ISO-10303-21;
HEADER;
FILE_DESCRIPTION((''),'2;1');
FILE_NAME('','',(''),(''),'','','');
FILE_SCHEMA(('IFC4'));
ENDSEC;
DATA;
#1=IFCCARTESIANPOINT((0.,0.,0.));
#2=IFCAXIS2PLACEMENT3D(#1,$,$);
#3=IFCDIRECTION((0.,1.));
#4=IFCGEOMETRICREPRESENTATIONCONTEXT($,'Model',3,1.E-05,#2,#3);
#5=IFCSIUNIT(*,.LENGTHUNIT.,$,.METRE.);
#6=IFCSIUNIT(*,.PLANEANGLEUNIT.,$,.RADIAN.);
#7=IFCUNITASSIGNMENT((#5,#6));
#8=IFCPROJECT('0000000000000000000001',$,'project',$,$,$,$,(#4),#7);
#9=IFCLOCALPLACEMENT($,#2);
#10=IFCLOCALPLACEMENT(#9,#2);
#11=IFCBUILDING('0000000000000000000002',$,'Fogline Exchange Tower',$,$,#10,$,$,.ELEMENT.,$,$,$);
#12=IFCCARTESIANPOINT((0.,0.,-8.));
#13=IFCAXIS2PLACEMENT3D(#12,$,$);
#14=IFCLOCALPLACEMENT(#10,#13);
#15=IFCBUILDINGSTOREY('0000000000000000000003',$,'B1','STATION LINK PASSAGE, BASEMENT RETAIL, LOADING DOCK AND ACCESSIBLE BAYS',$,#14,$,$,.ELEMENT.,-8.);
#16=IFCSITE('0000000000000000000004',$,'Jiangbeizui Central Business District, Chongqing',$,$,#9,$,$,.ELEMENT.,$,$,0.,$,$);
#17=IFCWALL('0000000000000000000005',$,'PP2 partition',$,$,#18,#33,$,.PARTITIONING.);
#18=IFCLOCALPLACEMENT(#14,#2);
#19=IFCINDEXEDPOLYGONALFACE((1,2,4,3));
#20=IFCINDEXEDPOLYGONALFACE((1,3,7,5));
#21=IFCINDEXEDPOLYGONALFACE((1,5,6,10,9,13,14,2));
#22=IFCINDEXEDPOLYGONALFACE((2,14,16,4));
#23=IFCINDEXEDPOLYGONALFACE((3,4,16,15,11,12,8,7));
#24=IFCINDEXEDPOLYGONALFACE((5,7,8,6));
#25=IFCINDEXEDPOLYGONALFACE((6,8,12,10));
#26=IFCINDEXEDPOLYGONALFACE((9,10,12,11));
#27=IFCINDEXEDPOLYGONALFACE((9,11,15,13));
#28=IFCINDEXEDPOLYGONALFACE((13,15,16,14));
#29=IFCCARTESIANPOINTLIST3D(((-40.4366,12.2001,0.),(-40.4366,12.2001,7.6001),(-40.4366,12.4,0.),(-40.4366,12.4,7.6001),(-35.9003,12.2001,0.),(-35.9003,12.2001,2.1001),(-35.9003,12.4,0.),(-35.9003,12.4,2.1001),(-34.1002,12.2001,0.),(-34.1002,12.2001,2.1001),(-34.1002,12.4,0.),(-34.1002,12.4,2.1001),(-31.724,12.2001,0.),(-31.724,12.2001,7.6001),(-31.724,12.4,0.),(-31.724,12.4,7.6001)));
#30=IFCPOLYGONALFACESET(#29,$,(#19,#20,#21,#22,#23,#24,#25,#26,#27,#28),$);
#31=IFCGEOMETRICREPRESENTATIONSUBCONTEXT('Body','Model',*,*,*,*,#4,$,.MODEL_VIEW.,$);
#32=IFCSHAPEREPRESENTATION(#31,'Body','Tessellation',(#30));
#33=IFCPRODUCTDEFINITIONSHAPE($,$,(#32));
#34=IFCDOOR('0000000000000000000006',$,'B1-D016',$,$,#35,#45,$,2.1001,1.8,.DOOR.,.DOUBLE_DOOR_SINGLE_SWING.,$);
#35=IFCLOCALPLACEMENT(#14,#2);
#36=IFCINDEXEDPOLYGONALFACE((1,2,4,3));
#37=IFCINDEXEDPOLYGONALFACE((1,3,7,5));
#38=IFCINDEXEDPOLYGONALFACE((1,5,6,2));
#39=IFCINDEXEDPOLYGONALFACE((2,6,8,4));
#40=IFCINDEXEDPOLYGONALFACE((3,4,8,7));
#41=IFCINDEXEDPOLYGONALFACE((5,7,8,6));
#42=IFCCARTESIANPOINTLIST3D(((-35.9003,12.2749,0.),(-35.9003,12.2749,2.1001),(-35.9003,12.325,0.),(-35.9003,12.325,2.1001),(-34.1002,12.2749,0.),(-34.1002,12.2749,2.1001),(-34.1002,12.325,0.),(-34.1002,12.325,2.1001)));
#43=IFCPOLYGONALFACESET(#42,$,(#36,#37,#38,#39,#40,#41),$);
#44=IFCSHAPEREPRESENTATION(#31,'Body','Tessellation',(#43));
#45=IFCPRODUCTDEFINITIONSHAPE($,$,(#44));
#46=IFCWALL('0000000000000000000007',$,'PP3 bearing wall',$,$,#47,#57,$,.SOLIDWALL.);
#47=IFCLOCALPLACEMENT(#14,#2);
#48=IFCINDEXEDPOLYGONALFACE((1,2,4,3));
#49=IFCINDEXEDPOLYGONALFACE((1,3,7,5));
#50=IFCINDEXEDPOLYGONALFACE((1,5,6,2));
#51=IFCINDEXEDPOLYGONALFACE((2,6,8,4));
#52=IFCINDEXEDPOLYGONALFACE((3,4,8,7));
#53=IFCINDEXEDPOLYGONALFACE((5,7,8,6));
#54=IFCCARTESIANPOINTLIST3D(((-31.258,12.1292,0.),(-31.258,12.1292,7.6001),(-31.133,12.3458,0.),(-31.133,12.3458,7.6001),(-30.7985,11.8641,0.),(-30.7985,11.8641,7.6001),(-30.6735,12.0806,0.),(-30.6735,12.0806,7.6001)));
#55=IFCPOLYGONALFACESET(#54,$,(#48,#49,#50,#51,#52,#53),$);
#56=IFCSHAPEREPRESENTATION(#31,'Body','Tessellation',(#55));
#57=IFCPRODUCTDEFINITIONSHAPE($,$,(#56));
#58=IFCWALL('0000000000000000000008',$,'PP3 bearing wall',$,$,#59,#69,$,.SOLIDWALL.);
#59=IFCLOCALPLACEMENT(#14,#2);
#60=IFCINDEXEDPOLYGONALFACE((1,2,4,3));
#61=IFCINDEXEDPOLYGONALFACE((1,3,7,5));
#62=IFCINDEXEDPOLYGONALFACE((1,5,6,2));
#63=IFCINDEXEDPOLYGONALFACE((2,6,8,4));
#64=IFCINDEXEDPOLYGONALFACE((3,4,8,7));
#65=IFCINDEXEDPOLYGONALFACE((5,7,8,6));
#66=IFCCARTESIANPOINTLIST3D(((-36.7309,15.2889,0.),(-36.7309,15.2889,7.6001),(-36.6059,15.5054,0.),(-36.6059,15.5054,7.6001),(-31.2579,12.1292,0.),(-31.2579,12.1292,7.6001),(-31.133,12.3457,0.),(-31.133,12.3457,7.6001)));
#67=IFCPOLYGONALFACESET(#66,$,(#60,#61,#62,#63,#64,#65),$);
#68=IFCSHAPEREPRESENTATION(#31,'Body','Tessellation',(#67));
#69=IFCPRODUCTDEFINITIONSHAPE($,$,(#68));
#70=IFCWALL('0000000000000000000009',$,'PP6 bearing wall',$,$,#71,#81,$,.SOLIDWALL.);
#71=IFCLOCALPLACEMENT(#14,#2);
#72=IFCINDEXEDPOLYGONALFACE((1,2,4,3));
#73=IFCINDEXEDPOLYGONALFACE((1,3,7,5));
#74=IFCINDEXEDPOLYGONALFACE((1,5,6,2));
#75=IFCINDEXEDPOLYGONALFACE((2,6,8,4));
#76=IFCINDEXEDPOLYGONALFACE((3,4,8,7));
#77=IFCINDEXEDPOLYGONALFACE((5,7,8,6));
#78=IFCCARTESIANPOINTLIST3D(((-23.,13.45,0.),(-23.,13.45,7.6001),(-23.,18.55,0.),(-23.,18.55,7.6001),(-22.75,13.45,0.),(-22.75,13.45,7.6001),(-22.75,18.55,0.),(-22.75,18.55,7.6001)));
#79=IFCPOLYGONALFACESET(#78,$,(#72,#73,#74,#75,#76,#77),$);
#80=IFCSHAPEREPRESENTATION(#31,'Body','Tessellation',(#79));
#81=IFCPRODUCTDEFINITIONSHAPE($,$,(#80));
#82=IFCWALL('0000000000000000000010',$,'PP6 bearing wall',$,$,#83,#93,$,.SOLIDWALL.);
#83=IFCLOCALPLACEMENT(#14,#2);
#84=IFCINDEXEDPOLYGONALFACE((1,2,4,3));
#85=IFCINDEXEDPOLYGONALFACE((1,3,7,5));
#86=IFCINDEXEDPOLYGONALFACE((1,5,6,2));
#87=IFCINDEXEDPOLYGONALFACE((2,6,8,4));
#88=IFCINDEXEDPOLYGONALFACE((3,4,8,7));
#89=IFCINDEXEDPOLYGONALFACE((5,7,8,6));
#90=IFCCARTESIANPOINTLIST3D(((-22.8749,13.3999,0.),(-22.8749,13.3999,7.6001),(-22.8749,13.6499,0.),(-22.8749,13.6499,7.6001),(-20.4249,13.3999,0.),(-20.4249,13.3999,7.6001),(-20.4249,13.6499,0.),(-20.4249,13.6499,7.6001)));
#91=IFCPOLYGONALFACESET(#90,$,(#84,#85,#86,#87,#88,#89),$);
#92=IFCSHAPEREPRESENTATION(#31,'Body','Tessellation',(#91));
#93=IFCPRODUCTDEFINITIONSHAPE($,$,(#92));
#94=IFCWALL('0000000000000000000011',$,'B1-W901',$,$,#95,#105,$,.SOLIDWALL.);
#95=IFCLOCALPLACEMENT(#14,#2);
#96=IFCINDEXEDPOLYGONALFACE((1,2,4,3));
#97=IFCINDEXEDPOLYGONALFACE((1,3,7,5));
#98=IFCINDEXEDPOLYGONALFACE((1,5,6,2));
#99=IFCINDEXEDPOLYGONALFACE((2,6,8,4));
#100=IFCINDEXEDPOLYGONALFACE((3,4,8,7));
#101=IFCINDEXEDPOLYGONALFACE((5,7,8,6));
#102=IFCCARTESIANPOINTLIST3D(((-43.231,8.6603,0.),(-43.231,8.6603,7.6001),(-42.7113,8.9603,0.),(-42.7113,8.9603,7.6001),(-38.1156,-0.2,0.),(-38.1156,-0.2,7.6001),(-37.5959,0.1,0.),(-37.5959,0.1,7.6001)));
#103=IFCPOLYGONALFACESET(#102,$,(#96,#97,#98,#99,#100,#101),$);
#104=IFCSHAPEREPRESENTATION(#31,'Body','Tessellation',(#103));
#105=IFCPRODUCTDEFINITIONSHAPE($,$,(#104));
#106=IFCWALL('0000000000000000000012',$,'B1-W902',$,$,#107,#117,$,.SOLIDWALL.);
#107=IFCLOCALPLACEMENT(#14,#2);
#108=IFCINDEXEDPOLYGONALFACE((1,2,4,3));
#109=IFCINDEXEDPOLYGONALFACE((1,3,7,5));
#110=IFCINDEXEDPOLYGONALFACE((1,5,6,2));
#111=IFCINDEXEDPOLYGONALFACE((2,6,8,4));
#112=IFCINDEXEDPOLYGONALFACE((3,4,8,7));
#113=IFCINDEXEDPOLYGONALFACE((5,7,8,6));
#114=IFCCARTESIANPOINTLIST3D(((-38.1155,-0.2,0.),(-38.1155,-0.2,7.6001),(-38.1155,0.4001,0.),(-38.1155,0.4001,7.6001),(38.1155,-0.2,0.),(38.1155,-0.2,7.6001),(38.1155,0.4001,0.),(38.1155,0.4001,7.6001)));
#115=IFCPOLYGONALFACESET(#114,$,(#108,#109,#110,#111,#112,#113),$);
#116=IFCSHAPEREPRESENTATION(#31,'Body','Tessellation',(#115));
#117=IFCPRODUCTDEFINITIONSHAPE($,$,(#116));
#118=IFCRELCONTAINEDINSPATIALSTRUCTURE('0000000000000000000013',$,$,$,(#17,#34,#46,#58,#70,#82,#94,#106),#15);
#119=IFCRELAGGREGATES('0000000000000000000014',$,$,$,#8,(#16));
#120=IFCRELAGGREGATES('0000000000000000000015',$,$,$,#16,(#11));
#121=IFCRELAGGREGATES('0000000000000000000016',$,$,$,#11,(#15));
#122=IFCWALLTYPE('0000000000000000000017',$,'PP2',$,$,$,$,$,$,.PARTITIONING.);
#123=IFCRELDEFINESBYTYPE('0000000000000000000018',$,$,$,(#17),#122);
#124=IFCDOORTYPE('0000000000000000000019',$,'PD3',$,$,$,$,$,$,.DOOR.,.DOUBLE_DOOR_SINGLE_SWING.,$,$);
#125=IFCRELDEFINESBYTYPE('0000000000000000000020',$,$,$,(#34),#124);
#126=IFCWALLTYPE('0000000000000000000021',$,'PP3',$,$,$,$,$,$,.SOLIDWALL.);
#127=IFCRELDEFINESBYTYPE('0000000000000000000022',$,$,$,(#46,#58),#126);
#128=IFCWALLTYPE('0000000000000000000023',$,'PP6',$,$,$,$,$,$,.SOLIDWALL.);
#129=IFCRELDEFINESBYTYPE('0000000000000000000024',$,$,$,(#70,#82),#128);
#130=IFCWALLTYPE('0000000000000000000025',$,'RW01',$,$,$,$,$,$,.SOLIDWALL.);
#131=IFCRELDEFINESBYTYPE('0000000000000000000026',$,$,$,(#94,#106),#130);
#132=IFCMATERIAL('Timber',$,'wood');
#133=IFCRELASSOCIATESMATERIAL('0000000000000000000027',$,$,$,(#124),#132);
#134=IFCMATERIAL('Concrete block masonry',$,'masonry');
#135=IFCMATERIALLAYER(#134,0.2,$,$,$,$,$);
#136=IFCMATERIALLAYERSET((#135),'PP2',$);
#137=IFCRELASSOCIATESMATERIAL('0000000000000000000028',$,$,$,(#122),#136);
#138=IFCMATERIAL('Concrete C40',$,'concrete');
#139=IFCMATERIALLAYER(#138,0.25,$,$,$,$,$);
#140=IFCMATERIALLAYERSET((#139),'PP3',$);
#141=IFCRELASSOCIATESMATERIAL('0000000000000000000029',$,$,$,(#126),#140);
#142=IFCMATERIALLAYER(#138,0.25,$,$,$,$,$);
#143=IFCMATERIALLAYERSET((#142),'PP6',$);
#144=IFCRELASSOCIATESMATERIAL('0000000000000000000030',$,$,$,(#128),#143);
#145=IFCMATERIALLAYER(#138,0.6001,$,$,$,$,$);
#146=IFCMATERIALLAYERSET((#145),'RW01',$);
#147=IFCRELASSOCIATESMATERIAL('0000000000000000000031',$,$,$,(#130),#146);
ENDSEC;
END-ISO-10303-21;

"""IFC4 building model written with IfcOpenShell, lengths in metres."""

from ifc_helpers import new_model, si_unit, direction, frame, frame_2d, origin, place, context, subcontext, project, spatial, rectangle, extrude, material, layer, layer_set, type_object, element, fill, save


model = new_model("IFC4")

# Units and contexts
model_context = context("Model", 3, precision=1e-05, world=origin(), true_north=direction((0.0, 1.0)))
body_context = subcontext(model_context, "Body", "Model", "MODEL_VIEW")
ifc_project = project(units=[si_unit("LENGTHUNIT", "METRE"), si_unit("PLANEANGLEUNIT", "RADIAN")], contexts=[model_context])

# Site, building, storey
site_placement = place(None, origin())
site = spatial("IfcSite", under=ifc_project, at=site_placement, Name="Jiangbeizui Central Business District, Chongqing", CompositionType="ELEMENT", RefElevation=0.0)
building_placement = place(site_placement, origin())
building = spatial("IfcBuilding", under=site, at=building_placement, Name="Fogline Exchange Tower", CompositionType="ELEMENT")
storey_placement = place(building_placement, frame((0.0, 0.0, -8.0)))
storey = spatial("IfcBuildingStorey", under=building, at=storey_placement, Name="B1", Description="STATION LINK PASSAGE, BASEMENT RETAIL, LOADING DOCK AND ACCESSIBLE BAYS", CompositionType="ELEMENT", Elevation=-8.0)

# Shared definitions
ifc_material_1 = material(Name="Timber", Category="wood")

# Shared definitions
door_type_1 = type_object("IfcDoorType", Name="PD3", OperationType="DOUBLE_DOOR_SINGLE_SWING", PredefinedType="DOOR", material=ifc_material_1)

# Shared definitions
ifc_material_2 = material(Name="Concrete block masonry", Category="masonry")
ifc_layer_1 = layer(ifc_material_2, 0.2)
ifc_layer_set_1 = layer_set([ifc_layer_1], Name="PP2")
wall_type_1 = type_object("IfcWallType", Name="PP2", PredefinedType="PARTITIONING", material=ifc_layer_set_1)

# Wall, opening, door
wall_1_placement = place(storey_placement, frame((-40.4368, 12.3, 0.0), z_axis=(0.0, 0.0, 1.0), x_axis=(1.0, 0.0, 0.0)))
wall_1 = element("IfcWall", 1, at=wall_1_placement, inside=storey, type_object=wall_type_1, Name="PP2 partition", PredefinedType="PARTITIONING", context=body_context, shape_type="SweptSolid", body=[
    extrude(rectangle(XDim=8.7126, YDim=0.2, at=frame_2d((4.3564, 0.0))), origin(), (0.0, 0.0, 1.0), 7.6001),
])
opening_1_placement = place(wall_1_placement, frame((4.5366, 0.0, 0.0)))
opening_1 = element("IfcOpeningElement", 2, at=opening_1_placement, cuts=wall_1, PredefinedType="OPENING", context=body_context, shape_type="SweptSolid", body=[
    extrude(rectangle(XDim=1.8, YDim=2.1001, at=frame_2d((0.8999, 1.05))), frame((0.0, 0.1099, 0.0), z_axis=(0.0, -1.0, 0.0), x_axis=(1.0, 0.0, 0.0)), (0.0, 0.0, 1.0), 0.22),
])
door_1_placement = place(opening_1_placement, origin())
door_1 = element("IfcDoor", 3, at=door_1_placement, inside=storey, type_object=door_type_1, Name="B1-D016", OperationType="DOUBLE_DOOR_SINGLE_SWING", OverallHeight=2.1001, OverallWidth=1.8, PredefinedType="DOOR", context=body_context, shape_type="SweptSolid", body=[
    extrude(rectangle(XDim=1.8, YDim=2.1001, at=frame_2d((0.8999, 1.05))), frame((0.0, 0.0249, 0.0), z_axis=(0.0, -1.0, 0.0), x_axis=(1.0, 0.0, 0.0)), (0.0, 0.0, 1.0), 0.05),
])
fill(opening_1, door_1)

# Walls
ifc_material_3 = material(Name="Concrete C40", Category="concrete")
ifc_layer_2 = layer(ifc_material_3, 0.25)
ifc_layer_set_2 = layer_set([ifc_layer_2], Name="PP3")
wall_type_2 = type_object("IfcWallType", Name="PP3", PredefinedType="SOLIDWALL", material=ifc_layer_set_2)
wall_2_placement = place(storey_placement, frame((-30.7361, 11.9724, 0.0), z_axis=(0.0, 0.0, 1.0), x_axis=(-0.86614, 0.499802, 0.0)))
element("IfcWall", 4, at=wall_2_placement, inside=storey, type_object=wall_type_2, Name="PP3 bearing wall", PredefinedType="SOLIDWALL", context=body_context, shape_type="SweptSolid", body=[
    extrude(rectangle(XDim=0.5305, YDim=0.25, at=frame_2d((0.2651, 0.0))), origin(), (0.0, 0.0, 1.0), 7.6001),
])
wall_3_placement = place(storey_placement, frame((-31.1956, 12.2375, 0.0), z_axis=(0.0, 0.0, 1.0), x_axis=(-0.866033, 0.499987, 0.0)))
element("IfcWall", 5, at=wall_3_placement, inside=storey, type_object=wall_type_2, Name="PP3 bearing wall", PredefinedType="SOLIDWALL", context=body_context, shape_type="SweptSolid", body=[
    extrude(rectangle(XDim=6.3196, YDim=0.25, at=frame_2d((3.1597, 0.0))), origin(), (0.0, 0.0, 1.0), 7.6001),
])
ifc_layer_3 = layer(ifc_material_3, 0.25)
ifc_layer_set_3 = layer_set([ifc_layer_3], Name="PP6")
wall_type_3 = type_object("IfcWallType", Name="PP6", PredefinedType="SOLIDWALL", material=ifc_layer_set_3)
wall_4_placement = place(storey_placement, frame((-22.875, 13.45, 0.0), z_axis=(0.0, 0.0, 1.0), x_axis=(0.0, 1.0, 0.0)))
element("IfcWall", 6, at=wall_4_placement, inside=storey, type_object=wall_type_3, Name="PP6 bearing wall", PredefinedType="SOLIDWALL", context=body_context, shape_type="SweptSolid", body=[
    extrude(rectangle(XDim=5.1001, YDim=0.25, at=frame_2d((2.55, 0.0))), origin(), (0.0, 0.0, 1.0), 7.6001),
])
wall_5_placement = place(storey_placement, frame((-22.875, 13.5249, 0.0), z_axis=(0.0, 0.0, 1.0), x_axis=(1.0, 0.0, 0.0)))
element("IfcWall", 7, at=wall_5_placement, inside=storey, type_object=wall_type_3, Name="PP6 bearing wall", PredefinedType="SOLIDWALL", context=body_context, shape_type="SweptSolid", body=[
    extrude(rectangle(XDim=2.45, YDim=0.25, at=frame_2d((1.2251, 0.0))), origin(), (0.0, 0.0, 1.0), 7.6001),
])
ifc_layer_4 = layer(ifc_material_3, 0.6001)
ifc_layer_set_4 = layer_set([ifc_layer_4], Name="RW01")
wall_type_4 = type_object("IfcWallType", Name="RW01", PredefinedType="SOLIDWALL", material=ifc_layer_set_4)
wall_6_placement = place(storey_placement, frame((-42.9712, 8.8103, 0.0), z_axis=(0.0, 0.0, 1.0), x_axis=(0.499996, -0.866027, 0.0)))
element("IfcWall", 8, at=wall_6_placement, inside=storey, type_object=wall_type_4, Name="B1-W901", PredefinedType="SOLIDWALL", context=body_context, shape_type="SweptSolid", body=[
    extrude(rectangle(XDim=10.231, YDim=0.6001, at=frame_2d((5.1155, 0.0))), origin(), (0.0, 0.0, 1.0), 7.6001),
])
wall_7_placement = place(storey_placement, frame((-38.1155, 0.1001, 0.0), z_axis=(0.0, 0.0, 1.0), x_axis=(1.0, 0.0, 0.0)))
element("IfcWall", 9, at=wall_7_placement, inside=storey, type_object=wall_type_4, Name="B1-W902", PredefinedType="SOLIDWALL", context=body_context, shape_type="SweptSolid", body=[
    extrude(rectangle(XDim=76.231, YDim=0.6001, at=frame_2d((38.1155, 0.0))), origin(), (0.0, 0.0, 1.0), 7.6001),
])

save(model, "model.ifc")
